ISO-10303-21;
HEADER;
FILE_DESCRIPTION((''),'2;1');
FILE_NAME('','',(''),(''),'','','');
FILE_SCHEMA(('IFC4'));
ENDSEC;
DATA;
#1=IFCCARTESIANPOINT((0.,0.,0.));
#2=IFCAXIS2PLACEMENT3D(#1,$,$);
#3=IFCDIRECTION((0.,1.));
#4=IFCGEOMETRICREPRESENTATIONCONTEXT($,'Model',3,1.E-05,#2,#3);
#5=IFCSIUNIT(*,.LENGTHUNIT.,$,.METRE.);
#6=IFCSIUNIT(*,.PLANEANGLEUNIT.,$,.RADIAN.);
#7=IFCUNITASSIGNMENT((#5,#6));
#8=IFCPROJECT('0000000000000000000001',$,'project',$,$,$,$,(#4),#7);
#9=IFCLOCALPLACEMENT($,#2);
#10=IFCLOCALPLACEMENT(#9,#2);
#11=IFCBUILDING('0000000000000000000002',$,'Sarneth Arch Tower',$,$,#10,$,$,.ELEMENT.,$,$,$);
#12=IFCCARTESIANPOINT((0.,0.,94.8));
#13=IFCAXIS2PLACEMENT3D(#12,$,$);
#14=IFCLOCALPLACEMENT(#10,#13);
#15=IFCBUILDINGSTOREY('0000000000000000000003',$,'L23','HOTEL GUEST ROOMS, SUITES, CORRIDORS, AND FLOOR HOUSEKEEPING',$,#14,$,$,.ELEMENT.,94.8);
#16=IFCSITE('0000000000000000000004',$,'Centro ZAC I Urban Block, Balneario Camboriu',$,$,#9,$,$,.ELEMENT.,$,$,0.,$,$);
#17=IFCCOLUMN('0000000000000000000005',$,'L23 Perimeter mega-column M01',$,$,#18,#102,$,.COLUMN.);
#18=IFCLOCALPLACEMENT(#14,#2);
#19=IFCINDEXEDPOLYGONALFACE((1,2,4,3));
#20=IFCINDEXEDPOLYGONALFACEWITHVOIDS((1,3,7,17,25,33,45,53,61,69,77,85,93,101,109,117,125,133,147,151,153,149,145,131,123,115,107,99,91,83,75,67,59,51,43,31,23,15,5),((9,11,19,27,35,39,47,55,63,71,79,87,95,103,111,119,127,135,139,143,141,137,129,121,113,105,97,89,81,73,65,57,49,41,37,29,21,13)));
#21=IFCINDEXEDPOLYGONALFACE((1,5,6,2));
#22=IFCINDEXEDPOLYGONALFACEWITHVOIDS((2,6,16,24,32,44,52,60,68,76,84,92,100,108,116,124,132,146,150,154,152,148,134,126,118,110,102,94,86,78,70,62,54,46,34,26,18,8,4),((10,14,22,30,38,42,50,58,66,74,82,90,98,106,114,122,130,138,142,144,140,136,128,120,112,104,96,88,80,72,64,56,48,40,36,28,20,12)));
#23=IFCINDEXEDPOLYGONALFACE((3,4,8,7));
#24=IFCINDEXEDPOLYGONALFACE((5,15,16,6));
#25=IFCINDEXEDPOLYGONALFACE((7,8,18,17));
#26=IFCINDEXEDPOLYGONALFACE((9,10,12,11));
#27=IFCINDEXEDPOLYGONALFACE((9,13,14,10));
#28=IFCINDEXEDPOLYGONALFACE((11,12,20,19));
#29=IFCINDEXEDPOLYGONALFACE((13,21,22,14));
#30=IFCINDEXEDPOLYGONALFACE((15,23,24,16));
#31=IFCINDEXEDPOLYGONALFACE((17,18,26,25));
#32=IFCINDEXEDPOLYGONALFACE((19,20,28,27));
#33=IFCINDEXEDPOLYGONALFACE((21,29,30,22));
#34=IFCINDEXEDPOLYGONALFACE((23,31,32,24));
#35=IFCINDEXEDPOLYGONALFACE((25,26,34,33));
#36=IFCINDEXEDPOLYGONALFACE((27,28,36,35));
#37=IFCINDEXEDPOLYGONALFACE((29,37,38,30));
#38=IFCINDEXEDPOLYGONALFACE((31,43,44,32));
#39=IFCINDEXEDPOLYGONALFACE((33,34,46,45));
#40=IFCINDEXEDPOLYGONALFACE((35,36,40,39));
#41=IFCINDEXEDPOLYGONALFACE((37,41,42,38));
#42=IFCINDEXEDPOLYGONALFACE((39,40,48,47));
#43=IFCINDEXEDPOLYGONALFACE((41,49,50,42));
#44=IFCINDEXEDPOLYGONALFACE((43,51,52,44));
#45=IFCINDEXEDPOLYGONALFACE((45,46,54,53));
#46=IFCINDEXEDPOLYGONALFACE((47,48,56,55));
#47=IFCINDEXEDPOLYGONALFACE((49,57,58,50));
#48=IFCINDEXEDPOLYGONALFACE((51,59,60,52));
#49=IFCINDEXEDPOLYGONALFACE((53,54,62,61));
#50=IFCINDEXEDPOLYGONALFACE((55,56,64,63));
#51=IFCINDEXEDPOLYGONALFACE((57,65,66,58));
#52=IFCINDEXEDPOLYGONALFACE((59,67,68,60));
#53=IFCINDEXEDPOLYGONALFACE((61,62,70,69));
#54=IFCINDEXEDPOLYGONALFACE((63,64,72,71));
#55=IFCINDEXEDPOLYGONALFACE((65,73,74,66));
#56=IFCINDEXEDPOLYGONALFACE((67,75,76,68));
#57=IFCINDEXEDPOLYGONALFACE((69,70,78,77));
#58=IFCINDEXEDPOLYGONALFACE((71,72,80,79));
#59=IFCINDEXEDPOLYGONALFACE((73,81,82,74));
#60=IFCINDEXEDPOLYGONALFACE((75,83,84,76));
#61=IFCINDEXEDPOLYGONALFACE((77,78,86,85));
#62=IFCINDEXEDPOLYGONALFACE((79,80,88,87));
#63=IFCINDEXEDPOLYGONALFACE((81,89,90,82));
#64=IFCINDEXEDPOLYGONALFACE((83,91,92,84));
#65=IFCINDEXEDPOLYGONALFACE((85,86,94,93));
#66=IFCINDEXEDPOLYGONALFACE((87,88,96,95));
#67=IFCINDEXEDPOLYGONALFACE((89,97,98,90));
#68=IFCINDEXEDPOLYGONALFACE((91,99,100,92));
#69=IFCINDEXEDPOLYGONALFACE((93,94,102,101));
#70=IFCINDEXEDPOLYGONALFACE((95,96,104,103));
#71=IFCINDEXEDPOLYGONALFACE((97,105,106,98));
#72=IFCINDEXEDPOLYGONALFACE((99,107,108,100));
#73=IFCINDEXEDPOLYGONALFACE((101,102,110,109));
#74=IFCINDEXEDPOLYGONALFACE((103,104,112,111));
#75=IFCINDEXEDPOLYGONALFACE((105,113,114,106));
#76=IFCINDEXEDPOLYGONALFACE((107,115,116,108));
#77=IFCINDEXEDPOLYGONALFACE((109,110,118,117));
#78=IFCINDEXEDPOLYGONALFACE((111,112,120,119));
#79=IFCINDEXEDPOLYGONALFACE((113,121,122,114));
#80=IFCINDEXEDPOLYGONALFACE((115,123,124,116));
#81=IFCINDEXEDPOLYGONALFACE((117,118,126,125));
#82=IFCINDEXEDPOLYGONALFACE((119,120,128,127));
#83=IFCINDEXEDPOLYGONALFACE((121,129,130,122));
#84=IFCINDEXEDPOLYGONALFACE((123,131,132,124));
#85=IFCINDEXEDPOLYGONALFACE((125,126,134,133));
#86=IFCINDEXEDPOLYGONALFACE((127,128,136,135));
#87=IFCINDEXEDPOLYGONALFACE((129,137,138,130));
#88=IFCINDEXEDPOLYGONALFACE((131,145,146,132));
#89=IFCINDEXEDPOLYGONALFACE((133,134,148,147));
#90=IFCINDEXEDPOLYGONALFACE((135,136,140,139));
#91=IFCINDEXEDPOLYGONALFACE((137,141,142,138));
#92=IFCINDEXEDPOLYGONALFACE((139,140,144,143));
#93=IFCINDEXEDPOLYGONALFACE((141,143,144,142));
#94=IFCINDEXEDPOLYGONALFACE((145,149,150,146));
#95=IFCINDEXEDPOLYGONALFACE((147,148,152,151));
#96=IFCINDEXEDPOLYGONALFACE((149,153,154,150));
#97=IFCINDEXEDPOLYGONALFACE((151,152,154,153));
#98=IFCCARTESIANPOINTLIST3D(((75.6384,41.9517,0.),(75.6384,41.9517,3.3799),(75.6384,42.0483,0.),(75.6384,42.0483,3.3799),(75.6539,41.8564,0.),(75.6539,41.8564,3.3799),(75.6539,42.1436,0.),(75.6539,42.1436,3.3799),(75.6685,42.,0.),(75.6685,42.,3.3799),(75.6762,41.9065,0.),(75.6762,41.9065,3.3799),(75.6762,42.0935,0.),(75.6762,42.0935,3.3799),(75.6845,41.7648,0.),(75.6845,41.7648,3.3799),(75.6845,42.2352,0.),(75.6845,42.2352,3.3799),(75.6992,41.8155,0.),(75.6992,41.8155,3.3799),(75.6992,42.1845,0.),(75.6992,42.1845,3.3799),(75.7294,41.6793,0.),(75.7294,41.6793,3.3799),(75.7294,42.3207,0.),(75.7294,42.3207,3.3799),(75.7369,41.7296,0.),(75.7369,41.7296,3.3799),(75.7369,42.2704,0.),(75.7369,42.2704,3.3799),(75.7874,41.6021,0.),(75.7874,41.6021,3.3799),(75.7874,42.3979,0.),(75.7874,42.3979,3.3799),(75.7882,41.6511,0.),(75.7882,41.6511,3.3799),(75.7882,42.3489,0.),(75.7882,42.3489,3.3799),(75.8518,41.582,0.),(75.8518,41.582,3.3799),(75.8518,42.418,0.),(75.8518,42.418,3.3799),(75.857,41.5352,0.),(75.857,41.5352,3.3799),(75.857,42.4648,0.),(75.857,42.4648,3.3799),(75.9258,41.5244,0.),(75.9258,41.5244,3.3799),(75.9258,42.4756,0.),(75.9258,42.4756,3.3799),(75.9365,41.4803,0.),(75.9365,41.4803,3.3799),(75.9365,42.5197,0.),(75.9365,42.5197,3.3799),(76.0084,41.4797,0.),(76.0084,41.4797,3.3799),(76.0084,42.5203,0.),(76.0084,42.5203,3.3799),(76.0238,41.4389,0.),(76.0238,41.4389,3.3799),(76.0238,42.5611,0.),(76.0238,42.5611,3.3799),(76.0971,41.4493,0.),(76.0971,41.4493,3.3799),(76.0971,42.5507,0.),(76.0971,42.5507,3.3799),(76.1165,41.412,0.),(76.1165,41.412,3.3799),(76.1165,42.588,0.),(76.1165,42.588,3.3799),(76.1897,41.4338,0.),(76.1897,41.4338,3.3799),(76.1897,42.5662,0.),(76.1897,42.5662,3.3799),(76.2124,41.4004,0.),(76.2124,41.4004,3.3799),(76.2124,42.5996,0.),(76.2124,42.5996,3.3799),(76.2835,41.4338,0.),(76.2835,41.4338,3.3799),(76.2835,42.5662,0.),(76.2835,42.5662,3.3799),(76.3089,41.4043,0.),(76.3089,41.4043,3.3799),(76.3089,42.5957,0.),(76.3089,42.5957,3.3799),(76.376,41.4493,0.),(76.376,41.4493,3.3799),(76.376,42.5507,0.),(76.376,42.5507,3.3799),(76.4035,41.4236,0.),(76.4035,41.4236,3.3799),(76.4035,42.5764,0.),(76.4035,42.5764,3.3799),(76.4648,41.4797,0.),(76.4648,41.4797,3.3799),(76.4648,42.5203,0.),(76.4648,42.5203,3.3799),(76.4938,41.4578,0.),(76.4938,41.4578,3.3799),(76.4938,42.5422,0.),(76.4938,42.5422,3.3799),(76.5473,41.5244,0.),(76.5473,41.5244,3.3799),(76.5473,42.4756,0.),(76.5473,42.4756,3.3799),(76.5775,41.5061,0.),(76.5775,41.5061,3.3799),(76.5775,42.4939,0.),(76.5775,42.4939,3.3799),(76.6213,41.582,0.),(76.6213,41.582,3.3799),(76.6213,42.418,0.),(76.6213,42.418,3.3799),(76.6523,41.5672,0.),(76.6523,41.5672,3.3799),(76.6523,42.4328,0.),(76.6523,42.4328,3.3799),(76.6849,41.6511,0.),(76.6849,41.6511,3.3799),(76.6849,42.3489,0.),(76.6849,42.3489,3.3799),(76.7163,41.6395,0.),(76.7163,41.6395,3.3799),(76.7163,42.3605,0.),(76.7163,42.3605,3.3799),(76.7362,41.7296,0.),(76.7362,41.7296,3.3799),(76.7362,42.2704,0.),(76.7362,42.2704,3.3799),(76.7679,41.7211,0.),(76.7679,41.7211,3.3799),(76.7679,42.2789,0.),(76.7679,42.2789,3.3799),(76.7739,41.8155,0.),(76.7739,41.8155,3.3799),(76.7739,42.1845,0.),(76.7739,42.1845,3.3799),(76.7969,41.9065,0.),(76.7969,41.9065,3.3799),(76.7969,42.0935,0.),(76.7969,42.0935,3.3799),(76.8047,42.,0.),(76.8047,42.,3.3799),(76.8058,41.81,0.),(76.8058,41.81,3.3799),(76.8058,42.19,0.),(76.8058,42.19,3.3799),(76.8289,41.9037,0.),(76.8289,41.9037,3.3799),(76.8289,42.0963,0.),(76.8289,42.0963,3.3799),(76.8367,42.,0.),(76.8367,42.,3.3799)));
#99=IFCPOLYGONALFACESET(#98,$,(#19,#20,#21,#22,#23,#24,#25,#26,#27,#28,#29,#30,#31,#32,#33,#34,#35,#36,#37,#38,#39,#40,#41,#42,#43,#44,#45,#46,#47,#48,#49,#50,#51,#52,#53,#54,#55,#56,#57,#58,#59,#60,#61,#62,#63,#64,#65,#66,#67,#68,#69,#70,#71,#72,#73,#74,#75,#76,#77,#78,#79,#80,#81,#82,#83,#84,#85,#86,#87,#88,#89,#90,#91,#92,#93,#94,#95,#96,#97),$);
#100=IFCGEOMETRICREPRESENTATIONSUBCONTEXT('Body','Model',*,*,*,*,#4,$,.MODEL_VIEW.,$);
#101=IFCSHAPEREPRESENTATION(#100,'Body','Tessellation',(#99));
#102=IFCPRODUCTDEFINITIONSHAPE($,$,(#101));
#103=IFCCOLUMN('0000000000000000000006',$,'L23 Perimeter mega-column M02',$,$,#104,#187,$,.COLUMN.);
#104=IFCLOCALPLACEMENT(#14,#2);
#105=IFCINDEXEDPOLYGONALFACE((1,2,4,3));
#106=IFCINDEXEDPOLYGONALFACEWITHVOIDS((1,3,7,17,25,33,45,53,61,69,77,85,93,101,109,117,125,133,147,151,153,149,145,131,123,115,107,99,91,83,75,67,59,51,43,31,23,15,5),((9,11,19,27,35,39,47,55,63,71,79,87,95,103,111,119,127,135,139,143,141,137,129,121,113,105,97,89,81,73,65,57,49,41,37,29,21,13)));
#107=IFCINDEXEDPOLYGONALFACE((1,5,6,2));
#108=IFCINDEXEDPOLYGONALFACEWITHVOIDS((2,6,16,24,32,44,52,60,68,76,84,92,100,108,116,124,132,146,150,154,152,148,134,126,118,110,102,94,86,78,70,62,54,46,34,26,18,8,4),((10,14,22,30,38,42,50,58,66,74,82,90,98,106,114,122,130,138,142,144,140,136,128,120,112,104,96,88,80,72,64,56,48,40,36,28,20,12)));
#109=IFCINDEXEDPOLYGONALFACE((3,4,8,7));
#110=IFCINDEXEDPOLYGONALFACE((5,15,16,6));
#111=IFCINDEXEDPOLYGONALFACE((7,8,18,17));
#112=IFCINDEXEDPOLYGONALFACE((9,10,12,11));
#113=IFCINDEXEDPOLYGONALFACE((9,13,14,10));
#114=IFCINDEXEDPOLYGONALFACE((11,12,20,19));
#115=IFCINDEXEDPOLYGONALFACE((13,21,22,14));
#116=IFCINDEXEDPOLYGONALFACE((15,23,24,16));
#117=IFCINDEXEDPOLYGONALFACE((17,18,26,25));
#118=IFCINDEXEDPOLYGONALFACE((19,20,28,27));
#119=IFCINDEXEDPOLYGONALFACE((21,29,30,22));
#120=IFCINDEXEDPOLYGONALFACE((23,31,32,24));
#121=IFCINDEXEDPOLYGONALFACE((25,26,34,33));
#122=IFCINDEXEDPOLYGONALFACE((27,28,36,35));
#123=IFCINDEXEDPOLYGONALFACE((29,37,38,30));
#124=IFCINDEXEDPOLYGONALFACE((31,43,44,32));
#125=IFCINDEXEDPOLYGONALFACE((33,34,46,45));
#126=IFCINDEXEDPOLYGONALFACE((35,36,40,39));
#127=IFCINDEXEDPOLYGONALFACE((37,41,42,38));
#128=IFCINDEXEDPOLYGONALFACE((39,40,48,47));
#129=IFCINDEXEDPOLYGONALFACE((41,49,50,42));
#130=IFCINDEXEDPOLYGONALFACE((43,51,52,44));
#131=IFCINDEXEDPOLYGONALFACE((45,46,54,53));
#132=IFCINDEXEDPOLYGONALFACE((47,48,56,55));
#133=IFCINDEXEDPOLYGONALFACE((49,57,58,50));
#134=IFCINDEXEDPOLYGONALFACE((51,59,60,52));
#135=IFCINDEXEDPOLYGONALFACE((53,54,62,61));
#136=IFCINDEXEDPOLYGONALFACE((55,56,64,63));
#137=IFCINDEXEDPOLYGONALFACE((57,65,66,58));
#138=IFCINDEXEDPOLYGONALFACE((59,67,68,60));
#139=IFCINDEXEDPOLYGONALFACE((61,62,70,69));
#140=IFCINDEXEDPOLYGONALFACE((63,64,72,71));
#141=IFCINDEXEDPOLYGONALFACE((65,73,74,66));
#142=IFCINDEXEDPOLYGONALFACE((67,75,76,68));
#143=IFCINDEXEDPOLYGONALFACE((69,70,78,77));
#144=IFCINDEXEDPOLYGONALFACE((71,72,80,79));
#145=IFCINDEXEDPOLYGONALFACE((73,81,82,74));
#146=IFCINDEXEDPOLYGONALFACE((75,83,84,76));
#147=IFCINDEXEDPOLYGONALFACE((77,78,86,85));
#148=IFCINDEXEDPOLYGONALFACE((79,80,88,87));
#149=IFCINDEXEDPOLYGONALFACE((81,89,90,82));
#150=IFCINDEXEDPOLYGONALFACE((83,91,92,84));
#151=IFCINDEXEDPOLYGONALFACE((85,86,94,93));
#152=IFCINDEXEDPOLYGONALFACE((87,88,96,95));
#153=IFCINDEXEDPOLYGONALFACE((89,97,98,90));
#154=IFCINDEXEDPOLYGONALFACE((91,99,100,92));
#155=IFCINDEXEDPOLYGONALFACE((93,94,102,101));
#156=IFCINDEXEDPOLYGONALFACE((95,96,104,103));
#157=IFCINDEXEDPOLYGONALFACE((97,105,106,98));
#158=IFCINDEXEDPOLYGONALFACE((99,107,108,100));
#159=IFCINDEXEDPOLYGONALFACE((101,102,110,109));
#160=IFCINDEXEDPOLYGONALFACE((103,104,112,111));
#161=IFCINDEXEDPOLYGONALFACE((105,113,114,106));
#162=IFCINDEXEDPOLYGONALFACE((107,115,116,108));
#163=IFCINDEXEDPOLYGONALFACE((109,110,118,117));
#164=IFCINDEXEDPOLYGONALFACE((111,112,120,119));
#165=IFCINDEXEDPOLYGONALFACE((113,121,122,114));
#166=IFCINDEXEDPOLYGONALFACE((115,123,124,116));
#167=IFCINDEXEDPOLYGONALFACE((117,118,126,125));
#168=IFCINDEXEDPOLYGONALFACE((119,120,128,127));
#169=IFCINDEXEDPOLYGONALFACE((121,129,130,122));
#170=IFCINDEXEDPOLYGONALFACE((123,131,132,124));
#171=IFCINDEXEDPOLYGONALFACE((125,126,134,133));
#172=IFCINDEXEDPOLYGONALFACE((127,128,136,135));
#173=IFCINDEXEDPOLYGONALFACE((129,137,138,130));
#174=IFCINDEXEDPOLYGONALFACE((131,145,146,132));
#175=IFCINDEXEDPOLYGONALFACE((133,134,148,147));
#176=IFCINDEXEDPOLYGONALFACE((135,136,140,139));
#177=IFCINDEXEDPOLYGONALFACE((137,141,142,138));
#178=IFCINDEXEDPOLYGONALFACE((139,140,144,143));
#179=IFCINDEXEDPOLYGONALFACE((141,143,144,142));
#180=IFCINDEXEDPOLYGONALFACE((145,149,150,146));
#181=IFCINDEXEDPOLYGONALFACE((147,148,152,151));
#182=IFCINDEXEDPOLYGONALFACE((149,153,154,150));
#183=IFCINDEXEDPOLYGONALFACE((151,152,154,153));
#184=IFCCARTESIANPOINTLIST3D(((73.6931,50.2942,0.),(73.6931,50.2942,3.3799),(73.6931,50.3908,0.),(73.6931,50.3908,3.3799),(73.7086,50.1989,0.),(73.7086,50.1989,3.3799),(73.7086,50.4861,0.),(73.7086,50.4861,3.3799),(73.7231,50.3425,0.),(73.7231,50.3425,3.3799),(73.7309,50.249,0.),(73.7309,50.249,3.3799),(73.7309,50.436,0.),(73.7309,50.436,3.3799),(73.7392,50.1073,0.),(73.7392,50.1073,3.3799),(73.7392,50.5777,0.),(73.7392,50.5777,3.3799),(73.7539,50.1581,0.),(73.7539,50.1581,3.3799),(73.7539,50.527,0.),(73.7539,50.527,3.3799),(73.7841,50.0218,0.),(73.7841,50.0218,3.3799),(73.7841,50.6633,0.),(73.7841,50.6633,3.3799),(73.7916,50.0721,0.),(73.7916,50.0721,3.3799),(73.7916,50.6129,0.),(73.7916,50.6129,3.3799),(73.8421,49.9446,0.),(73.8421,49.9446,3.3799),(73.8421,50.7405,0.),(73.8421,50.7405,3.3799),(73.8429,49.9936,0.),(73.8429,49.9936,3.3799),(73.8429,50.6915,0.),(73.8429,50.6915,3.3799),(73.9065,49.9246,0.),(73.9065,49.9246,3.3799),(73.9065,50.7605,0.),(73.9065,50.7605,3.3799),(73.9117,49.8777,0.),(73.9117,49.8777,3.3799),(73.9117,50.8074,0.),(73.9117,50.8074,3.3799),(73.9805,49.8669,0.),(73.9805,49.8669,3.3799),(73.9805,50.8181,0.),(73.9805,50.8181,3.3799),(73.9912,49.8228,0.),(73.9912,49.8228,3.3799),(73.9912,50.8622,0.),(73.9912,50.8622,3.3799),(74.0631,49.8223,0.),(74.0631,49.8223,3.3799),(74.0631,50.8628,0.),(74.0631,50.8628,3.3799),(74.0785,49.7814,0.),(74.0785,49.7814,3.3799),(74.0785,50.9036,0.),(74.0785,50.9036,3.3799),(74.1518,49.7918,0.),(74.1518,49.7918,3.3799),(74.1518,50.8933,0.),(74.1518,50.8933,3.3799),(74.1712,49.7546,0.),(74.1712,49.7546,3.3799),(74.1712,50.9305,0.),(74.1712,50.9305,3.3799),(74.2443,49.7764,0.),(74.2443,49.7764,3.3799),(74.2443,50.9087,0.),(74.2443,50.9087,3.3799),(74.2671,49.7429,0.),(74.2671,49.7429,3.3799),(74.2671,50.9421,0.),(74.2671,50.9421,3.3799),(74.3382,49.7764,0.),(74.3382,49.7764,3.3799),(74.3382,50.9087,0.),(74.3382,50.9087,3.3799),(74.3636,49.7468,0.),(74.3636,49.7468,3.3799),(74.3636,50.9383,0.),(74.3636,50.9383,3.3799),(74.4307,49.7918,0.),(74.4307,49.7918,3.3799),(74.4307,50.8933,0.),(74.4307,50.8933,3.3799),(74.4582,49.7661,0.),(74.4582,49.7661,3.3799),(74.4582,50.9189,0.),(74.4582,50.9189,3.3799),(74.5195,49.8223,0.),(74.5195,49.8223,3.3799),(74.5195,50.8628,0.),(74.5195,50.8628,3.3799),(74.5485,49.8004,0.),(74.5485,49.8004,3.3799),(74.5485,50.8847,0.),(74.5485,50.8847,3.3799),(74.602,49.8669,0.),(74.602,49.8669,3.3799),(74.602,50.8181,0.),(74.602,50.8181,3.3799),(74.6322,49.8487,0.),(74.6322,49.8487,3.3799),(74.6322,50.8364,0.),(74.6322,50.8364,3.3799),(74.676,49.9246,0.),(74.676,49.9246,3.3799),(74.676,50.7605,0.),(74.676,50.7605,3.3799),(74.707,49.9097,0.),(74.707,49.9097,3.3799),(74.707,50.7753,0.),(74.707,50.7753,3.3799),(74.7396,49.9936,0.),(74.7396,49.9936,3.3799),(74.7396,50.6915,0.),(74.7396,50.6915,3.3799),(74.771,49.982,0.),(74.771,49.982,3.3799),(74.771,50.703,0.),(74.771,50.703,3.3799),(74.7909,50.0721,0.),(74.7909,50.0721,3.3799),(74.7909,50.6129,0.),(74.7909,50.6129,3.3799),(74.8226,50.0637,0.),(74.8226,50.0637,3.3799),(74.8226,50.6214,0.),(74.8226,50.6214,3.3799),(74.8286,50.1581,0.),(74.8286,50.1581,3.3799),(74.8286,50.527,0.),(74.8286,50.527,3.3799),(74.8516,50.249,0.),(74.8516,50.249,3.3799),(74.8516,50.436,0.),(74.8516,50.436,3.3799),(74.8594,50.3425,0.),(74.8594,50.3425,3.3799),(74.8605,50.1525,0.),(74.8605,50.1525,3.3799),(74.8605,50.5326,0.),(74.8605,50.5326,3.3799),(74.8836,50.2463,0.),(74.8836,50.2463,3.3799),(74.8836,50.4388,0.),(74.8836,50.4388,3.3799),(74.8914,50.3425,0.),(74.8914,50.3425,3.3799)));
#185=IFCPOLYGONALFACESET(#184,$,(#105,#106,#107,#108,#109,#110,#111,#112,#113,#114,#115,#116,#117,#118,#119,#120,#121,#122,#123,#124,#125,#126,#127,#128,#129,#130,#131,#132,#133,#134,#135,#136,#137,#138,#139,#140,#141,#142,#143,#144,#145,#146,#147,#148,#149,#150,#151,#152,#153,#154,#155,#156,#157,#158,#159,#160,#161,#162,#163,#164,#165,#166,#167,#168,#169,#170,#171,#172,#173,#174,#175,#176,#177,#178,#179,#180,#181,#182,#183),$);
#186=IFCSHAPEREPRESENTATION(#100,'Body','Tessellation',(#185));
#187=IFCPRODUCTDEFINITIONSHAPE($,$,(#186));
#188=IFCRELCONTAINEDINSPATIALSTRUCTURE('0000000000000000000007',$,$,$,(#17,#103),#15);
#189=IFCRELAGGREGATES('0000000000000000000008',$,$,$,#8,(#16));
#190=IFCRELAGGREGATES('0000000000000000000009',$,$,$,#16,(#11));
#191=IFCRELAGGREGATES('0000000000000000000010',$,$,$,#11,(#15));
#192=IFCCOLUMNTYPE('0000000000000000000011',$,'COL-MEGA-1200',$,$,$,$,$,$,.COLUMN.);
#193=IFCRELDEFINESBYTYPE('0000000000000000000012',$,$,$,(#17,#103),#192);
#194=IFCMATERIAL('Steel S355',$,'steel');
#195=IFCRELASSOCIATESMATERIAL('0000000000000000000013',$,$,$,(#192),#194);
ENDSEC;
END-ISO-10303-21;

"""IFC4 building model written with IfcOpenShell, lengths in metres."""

from ifc_helpers import new_model, si_unit, direction, frame, origin, origin_2d, place, context, subcontext, project, spatial, hollow_circle, extrude, material, material_profile, profile_set, type_object, element, save


model = new_model("IFC4")

# Units and contexts
model_context = context("Model", 3, precision=1e-05, world=origin(), true_north=direction((0.0, 1.0)))
body_context = subcontext(model_context, "Body", "Model", "MODEL_VIEW")
ifc_project = project(units=[si_unit("LENGTHUNIT", "METRE"), si_unit("PLANEANGLEUNIT", "RADIAN")], contexts=[model_context])

# Site, building, storey
site_placement = place(None, origin())
site = spatial("IfcSite", under=ifc_project, at=site_placement, Name="Centro ZAC I Urban Block, Balneario Camboriu", CompositionType="ELEMENT", RefElevation=0.0)
building_placement = place(site_placement, origin())
building = spatial("IfcBuilding", under=site, at=building_placement, Name="Sarneth Arch Tower", CompositionType="ELEMENT")
storey_placement = place(building_placement, frame((0.0, 0.0, 94.8)))
storey = spatial("IfcBuildingStorey", under=building, at=storey_placement, Name="L23", Description="HOTEL GUEST ROOMS, SUITES, CORRIDORS, AND FLOOR HOUSEKEEPING", CompositionType="ELEMENT", Elevation=94.8)

# Columns
ifc_material_1 = material(Name="Steel S355", Category="steel")
ifc_material_profile_1 = material_profile(ifc_material_1, hollow_circle(Radius=0.6001, WallThickness=0.032, at=origin_2d()), Name="CHS1200x32")
ifc_profile_set_1 = profile_set([ifc_material_profile_1], Name="Steel S355")
column_type = type_object("IfcColumnType", Name="COL-MEGA-1200", PredefinedType="COLUMN", material=ifc_profile_set_1)
for number, where, z_axis, x_axis, name in (
    (1, (76.2366, 42.0, 0.0), (0.0, 0.0, 1.0), (1.0, 0.0, 0.0), "L23 Perimeter mega-column M01"),
    (2, (74.2913, 50.3425, 0.0), (0.0, 0.0, 1.0), (1.0, 0.0, 0.0), "L23 Perimeter mega-column M02"),
):
    element("IfcColumn", number, at=place(storey_placement, frame(where, z_axis=z_axis, x_axis=x_axis)), inside=storey, type_object=column_type, Name=name, PredefinedType="COLUMN", context=body_context, shape_type="SweptSolid", body=[
        extrude(hollow_circle(Radius=0.6001, WallThickness=0.032, at=origin_2d()), origin(), (0.0, 0.0, 1.0), 3.3799),
    ])

save(model, "model.ifc")
